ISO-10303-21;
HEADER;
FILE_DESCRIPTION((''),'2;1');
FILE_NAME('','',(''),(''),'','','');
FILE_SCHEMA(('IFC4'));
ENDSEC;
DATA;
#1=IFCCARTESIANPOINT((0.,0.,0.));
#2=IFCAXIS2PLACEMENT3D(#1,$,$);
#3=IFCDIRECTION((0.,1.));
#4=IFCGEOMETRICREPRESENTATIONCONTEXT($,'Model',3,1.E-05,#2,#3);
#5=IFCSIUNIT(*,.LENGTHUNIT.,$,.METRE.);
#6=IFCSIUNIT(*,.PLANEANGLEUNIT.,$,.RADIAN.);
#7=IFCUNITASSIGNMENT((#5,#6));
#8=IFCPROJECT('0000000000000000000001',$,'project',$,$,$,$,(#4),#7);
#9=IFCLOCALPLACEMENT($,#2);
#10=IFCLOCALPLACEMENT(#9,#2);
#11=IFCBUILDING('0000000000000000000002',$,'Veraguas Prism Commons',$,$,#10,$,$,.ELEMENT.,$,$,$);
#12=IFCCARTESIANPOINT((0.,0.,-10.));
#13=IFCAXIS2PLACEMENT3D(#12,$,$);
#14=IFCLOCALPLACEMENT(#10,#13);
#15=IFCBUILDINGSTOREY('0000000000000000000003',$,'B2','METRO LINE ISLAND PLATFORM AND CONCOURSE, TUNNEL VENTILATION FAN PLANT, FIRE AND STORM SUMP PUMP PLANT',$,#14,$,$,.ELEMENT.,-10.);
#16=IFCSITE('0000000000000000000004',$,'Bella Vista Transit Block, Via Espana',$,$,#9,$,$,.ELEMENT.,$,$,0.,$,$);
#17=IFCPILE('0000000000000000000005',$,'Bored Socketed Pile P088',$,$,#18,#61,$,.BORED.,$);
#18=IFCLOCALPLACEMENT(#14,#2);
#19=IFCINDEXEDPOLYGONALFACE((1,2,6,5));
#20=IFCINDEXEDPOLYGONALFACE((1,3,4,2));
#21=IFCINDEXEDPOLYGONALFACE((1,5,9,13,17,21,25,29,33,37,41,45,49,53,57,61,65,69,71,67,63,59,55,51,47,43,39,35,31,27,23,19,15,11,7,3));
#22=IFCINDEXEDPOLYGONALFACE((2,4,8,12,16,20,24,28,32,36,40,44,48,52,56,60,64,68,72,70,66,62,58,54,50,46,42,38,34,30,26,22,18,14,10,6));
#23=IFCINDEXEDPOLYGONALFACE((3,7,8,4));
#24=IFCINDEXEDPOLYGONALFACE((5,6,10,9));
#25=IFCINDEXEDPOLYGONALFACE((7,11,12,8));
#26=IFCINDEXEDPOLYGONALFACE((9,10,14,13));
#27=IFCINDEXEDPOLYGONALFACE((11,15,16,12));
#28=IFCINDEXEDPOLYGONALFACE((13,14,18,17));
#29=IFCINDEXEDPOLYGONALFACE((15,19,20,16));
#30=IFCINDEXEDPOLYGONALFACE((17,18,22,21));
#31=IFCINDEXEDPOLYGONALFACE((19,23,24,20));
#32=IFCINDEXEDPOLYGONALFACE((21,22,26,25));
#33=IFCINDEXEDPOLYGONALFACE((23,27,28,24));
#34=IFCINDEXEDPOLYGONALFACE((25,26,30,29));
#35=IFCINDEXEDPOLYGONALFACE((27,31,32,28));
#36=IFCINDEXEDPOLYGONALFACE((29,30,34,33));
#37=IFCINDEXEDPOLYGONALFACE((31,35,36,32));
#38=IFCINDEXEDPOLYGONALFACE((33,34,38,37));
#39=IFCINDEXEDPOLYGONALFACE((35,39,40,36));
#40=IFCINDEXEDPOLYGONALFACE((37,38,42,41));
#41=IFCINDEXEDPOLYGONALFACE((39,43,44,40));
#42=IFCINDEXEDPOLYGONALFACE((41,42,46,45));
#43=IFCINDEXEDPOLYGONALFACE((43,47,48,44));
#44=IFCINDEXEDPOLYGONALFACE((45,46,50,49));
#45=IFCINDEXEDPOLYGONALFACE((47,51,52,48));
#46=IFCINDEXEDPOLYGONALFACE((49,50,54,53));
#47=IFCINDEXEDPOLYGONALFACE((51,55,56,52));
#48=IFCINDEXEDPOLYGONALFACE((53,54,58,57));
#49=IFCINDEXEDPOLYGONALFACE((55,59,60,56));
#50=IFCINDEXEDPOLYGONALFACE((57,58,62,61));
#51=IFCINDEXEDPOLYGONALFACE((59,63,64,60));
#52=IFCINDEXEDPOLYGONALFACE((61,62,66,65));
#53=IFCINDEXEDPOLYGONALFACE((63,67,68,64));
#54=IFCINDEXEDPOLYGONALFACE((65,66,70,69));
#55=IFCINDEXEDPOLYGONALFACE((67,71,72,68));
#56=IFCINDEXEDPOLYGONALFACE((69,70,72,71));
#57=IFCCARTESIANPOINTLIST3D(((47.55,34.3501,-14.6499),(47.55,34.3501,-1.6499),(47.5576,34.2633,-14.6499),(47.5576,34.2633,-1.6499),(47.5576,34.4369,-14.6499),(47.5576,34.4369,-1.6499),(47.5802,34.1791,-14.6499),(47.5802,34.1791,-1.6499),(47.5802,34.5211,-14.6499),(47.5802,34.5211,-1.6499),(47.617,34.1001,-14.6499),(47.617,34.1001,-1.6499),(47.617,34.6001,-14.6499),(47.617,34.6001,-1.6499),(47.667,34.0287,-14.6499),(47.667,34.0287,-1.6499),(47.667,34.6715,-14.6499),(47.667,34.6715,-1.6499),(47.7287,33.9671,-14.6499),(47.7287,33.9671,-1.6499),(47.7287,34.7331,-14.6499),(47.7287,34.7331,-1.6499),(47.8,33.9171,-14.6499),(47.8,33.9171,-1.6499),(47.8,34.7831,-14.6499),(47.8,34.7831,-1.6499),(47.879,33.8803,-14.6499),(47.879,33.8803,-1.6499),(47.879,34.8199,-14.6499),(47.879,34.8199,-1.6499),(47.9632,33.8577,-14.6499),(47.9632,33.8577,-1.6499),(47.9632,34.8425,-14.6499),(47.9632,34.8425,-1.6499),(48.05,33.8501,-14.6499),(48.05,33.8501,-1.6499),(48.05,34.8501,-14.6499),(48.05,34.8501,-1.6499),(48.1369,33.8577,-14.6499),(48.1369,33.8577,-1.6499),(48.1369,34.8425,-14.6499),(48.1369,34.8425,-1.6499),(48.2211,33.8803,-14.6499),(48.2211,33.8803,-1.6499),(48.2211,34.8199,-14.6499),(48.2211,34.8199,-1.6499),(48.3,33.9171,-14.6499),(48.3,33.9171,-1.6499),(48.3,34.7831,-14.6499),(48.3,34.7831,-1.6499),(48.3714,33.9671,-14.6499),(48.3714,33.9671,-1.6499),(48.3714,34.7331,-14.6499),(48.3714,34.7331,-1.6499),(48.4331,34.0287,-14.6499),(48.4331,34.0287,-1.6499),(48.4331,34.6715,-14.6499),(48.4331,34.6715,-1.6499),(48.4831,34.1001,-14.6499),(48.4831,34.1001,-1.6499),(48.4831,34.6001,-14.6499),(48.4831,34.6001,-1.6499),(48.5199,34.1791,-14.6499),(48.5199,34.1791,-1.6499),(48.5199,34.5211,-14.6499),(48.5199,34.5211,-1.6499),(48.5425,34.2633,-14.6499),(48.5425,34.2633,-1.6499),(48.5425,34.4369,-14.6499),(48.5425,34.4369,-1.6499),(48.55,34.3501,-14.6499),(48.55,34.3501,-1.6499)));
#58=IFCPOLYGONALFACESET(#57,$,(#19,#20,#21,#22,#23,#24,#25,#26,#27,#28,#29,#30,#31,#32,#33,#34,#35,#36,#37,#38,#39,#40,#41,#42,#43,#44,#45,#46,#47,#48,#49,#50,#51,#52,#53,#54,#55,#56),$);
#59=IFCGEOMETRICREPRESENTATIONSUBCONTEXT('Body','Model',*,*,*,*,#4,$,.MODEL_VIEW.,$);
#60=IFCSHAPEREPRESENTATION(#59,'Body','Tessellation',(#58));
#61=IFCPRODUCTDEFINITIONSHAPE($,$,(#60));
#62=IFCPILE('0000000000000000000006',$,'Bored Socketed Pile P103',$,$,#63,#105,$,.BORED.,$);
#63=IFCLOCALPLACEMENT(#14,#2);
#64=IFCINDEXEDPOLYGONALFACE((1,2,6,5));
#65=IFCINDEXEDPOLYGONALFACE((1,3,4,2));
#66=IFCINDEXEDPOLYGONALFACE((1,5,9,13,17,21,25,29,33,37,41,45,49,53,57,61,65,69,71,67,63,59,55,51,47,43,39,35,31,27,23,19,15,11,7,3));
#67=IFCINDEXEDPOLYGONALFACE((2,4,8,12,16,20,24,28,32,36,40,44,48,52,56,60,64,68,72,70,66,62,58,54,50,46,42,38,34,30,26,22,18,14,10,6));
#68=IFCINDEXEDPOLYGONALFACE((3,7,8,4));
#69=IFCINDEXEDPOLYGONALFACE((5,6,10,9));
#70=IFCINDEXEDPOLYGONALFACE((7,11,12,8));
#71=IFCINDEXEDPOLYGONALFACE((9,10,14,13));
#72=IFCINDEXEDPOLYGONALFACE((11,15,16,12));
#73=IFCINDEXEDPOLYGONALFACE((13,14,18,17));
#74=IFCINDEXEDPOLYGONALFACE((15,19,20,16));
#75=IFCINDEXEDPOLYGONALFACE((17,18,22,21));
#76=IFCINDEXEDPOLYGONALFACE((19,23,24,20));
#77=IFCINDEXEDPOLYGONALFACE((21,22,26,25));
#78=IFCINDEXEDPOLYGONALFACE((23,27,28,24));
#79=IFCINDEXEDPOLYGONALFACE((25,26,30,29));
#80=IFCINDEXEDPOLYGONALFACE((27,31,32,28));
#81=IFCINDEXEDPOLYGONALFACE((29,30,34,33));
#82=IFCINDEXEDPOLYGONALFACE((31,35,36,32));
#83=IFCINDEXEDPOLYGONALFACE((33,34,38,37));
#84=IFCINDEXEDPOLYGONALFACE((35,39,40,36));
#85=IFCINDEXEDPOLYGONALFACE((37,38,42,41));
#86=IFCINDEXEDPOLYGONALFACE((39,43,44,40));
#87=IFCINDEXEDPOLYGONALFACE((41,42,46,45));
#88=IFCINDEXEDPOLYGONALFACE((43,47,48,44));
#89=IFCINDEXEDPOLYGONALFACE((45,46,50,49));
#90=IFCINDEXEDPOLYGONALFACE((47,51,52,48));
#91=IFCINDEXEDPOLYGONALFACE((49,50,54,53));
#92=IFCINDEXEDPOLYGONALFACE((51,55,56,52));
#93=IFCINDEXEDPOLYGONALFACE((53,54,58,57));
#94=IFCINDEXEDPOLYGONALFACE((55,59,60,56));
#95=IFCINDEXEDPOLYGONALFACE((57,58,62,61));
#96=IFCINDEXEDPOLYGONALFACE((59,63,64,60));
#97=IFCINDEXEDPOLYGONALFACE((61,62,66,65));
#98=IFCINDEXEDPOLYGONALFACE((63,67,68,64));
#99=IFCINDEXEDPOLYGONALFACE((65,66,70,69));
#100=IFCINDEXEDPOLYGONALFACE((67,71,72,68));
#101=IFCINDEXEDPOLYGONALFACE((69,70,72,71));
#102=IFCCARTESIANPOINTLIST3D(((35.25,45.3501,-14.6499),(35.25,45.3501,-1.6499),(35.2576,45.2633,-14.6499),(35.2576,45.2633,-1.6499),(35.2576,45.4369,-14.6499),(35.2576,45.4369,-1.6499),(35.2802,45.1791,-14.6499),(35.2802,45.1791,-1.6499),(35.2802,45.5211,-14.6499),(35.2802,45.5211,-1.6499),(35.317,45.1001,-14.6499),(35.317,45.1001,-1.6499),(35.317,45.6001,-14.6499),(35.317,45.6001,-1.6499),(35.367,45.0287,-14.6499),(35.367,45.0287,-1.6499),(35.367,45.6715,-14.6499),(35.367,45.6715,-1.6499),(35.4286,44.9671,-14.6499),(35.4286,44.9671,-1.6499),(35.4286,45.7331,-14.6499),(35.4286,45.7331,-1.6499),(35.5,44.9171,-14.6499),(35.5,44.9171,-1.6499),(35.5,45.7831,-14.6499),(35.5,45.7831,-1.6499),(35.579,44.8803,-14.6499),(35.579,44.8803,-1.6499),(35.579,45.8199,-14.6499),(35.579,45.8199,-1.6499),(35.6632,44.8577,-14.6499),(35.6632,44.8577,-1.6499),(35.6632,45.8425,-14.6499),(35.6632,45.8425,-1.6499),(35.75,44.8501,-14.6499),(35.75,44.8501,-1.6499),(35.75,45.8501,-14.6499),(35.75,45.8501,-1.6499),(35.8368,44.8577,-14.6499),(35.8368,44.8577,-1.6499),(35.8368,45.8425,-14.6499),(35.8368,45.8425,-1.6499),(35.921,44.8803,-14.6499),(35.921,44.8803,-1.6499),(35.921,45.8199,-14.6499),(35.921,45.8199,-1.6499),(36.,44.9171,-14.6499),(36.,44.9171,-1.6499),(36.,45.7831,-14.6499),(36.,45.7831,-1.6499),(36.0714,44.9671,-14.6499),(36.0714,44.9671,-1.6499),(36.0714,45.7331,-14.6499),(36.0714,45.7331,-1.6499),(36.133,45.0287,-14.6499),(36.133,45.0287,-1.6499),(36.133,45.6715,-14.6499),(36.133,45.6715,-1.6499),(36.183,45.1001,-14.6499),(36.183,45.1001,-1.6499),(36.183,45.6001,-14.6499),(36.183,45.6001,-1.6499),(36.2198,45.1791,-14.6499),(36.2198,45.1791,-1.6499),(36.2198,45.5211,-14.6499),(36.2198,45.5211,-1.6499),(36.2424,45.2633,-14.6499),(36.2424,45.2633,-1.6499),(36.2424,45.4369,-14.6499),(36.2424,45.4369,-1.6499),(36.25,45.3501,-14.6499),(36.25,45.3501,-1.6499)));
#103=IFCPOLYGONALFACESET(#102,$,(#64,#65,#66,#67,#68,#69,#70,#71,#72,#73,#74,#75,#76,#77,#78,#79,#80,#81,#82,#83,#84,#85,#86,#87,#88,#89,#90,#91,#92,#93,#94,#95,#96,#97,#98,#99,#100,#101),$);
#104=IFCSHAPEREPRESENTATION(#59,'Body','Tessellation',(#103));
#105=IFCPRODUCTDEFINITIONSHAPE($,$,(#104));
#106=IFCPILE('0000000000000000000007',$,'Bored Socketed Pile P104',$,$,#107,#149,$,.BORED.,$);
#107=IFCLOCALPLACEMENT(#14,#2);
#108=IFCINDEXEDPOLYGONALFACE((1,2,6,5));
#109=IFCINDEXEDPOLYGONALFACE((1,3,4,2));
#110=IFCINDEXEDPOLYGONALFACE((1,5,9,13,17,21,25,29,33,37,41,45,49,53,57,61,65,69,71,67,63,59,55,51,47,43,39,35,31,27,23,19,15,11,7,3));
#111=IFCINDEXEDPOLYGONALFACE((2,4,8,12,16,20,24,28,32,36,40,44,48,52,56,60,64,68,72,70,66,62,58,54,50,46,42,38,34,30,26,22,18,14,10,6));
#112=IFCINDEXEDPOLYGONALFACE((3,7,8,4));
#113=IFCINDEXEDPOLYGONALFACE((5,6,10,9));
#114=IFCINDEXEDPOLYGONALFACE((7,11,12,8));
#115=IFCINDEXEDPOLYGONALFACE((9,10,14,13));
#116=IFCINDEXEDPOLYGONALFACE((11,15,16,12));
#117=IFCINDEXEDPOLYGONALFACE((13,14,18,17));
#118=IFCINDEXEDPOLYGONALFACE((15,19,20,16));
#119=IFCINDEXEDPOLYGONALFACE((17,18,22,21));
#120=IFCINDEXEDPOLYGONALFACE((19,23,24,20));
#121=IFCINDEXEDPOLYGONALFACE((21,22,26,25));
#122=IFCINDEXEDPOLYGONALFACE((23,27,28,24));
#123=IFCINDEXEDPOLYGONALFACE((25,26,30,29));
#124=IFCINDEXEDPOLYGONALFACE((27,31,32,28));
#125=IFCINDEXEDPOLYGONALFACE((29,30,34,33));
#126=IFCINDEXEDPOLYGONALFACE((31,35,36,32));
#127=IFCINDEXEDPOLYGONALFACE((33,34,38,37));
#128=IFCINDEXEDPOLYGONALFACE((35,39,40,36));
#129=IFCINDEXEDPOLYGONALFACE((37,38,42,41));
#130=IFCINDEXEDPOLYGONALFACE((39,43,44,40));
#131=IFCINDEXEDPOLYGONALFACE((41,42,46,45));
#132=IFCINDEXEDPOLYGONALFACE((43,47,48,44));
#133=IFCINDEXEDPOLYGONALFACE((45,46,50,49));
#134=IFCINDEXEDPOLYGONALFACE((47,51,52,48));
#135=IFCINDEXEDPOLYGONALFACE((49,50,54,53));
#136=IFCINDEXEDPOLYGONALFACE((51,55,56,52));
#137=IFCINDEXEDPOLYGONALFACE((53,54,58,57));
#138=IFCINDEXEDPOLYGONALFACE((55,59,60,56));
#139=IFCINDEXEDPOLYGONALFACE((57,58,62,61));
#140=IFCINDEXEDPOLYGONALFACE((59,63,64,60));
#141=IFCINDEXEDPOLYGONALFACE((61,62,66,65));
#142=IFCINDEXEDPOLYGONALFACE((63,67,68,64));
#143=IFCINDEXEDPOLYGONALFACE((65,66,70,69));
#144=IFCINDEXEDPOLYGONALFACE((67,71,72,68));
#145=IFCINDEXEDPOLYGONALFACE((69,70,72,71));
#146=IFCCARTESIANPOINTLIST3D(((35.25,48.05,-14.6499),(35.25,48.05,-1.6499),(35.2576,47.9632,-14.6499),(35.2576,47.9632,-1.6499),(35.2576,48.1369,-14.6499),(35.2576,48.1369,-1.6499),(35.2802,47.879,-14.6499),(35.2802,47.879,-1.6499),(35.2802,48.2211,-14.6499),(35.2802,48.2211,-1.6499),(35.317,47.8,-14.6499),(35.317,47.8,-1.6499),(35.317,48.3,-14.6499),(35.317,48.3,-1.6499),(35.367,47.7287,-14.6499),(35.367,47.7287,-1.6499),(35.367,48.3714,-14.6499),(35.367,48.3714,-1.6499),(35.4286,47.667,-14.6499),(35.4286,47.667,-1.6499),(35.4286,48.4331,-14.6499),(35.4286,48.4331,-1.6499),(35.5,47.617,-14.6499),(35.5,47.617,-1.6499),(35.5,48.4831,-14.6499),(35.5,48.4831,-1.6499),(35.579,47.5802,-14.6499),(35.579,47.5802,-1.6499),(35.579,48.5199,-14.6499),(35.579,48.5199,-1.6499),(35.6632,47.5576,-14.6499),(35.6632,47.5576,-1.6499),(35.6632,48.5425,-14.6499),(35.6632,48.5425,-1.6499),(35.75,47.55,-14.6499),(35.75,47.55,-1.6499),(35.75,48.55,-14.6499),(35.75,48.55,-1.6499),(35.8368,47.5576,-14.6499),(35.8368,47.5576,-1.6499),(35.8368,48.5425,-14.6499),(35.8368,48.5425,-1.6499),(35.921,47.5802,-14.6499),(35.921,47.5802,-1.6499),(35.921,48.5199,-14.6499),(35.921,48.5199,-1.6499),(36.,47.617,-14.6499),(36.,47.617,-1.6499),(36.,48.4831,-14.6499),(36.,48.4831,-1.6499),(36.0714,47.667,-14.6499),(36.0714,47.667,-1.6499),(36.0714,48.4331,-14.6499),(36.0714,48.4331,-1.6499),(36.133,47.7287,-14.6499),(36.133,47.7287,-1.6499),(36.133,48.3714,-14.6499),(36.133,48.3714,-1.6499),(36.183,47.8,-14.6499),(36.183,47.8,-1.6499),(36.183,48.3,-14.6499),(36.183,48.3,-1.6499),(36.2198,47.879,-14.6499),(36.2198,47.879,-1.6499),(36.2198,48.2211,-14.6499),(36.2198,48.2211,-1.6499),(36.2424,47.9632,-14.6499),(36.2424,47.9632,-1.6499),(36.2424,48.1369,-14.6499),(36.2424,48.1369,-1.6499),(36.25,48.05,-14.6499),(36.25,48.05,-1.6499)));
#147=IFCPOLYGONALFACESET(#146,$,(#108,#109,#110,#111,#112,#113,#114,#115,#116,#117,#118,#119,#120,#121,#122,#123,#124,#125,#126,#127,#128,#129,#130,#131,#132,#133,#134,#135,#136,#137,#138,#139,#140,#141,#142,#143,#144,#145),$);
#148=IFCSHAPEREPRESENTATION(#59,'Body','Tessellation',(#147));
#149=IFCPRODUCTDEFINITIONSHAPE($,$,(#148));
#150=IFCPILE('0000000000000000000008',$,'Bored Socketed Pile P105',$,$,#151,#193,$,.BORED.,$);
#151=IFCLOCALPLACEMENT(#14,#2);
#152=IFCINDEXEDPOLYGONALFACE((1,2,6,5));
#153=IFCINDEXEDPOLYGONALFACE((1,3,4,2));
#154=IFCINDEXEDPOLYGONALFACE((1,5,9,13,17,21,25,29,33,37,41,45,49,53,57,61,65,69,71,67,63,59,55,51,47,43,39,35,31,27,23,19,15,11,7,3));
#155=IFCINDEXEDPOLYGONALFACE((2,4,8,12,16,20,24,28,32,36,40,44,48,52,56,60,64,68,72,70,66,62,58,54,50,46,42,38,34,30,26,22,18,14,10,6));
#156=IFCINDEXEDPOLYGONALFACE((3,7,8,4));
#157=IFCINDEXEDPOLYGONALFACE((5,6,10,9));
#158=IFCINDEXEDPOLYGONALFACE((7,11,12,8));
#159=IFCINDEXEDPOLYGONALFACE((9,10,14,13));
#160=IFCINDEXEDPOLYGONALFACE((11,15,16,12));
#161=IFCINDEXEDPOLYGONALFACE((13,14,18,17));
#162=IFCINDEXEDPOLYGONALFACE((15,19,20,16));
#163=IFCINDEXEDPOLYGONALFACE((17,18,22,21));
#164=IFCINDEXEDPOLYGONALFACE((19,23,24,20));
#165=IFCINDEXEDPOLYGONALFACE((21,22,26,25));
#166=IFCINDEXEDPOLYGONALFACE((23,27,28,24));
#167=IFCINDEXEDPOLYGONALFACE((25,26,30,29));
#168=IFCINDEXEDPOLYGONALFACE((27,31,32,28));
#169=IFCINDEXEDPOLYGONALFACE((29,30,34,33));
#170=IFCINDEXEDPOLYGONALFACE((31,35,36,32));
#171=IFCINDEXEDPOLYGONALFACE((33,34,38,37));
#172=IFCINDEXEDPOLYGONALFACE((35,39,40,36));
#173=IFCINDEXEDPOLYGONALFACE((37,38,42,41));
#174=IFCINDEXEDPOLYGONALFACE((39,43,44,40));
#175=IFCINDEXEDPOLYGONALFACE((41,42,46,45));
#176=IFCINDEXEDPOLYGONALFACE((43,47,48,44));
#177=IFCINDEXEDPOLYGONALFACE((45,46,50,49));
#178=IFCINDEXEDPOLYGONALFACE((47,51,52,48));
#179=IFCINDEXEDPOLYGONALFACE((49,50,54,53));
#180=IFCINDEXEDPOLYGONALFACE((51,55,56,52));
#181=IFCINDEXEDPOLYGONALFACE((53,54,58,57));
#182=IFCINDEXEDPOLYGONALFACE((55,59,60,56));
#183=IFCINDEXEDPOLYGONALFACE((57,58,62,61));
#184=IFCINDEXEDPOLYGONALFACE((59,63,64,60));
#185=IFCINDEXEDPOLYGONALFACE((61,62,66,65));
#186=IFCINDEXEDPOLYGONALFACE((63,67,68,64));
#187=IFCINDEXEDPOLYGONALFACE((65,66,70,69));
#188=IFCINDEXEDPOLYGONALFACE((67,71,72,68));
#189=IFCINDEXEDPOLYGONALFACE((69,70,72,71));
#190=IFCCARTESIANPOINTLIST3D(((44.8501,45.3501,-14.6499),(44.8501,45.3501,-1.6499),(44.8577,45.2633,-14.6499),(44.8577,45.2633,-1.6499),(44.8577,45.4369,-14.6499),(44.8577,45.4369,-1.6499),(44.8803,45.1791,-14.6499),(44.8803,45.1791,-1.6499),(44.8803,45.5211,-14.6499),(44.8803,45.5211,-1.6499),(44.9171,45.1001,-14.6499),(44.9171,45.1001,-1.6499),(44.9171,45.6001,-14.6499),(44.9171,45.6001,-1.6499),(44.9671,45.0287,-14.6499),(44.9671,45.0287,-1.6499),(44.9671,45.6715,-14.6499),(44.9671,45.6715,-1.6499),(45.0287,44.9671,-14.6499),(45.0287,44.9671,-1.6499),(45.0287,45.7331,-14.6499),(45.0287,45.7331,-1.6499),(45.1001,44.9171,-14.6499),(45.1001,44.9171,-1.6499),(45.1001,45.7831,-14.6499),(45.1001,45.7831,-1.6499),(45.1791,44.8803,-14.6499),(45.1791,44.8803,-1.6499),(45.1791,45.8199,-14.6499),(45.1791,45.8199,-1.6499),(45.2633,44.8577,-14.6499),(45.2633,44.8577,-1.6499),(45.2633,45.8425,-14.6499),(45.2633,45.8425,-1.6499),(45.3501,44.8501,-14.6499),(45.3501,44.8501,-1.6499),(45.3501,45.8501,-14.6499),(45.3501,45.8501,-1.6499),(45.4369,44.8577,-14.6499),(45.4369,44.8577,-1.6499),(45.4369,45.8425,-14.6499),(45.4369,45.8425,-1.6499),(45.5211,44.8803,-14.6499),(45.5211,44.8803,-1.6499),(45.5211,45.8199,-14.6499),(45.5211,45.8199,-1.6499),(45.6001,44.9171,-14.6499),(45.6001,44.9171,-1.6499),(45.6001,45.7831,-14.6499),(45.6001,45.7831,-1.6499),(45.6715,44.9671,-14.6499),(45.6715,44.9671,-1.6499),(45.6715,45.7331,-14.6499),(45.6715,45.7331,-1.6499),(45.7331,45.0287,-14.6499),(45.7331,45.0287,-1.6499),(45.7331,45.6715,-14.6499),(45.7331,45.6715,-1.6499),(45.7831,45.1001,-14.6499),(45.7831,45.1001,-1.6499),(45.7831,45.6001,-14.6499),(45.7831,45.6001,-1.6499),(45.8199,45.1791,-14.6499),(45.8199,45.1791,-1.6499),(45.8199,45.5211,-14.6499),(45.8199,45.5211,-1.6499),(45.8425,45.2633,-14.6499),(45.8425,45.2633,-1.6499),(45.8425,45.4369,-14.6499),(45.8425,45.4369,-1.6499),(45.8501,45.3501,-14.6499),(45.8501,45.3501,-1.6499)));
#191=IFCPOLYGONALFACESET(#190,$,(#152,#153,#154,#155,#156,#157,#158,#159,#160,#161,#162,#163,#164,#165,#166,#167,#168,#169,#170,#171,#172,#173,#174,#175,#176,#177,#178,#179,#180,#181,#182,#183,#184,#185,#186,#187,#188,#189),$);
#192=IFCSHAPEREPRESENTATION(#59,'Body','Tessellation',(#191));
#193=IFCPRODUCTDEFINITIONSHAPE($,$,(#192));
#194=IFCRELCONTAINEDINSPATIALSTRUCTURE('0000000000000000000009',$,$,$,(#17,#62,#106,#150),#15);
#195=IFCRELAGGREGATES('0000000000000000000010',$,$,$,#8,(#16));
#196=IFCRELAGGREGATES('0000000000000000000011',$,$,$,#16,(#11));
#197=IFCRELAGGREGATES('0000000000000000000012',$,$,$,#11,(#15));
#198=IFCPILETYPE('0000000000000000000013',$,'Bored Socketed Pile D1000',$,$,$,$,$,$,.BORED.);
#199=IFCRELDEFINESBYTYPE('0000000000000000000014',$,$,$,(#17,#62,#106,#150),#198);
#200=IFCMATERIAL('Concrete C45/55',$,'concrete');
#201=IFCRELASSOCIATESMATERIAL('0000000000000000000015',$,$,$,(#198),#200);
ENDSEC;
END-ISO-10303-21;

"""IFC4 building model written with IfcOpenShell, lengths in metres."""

from ifc_helpers import new_model, si_unit, direction, frame, origin, origin_2d, place, context, subcontext, project, spatial, circle, extrude, source, transform, mapped, material, material_profile, profile_set, type_object, element, save


model = new_model("IFC4")

# Units and contexts
model_context = context("Model", 3, precision=1e-05, world=origin(), true_north=direction((0.0, 1.0)))
body_context = subcontext(model_context, "Body", "Model", "MODEL_VIEW")
ifc_project = project(units=[si_unit("LENGTHUNIT", "METRE"), si_unit("PLANEANGLEUNIT", "RADIAN")], contexts=[model_context])

# Site, building, storey
site_placement = place(None, origin())
site = spatial("IfcSite", under=ifc_project, at=site_placement, Name="Bella Vista Transit Block, Via Espana", CompositionType="ELEMENT", RefElevation=0.0)
building_placement = place(site_placement, origin())
building = spatial("IfcBuilding", under=site, at=building_placement, Name="Veraguas Prism Commons", CompositionType="ELEMENT")
storey_placement = place(building_placement, frame((0.0, 0.0, -10.0)))
storey = spatial("IfcBuildingStorey", under=building, at=storey_placement, Name="B2", Description="METRO LINE ISLAND PLATFORM AND CONCOURSE, TUNNEL VENTILATION FAN PLANT, FIRE AND STORM SUMP PUMP PLANT", CompositionType="ELEMENT", Elevation=-10.0)

# Shared definitions
ifc_material_1 = material(Name="Concrete C45/55", Category="concrete")

# Piles
ifc_material_profile_1 = material_profile(ifc_material_1, circle(Radius=0.5, at=origin_2d()), Name="PILE1000")
ifc_profile_set_1 = profile_set([ifc_material_profile_1], Name="Concrete C45/55")
pile_type_1 = type_object("IfcPileType", Name="Bored Socketed Pile D1000", PredefinedType="BORED", material=ifc_profile_set_1)
shared_shape_1 = source(origin(), body_context, "Body", "SweptSolid", [
    extrude(circle(Radius=0.5, at=origin_2d()), origin(), (0.0, 0.0, 1.0), 13.0),
])
for number, where, z_axis, x_axis, name in (
    (1, (48.05, 34.3501, -1.6499), (0.0, 0.0, -1.0), (1.0, 0.0, 0.0), "Bored Socketed Pile P088"),
    (2, (35.75, 45.3501, -1.6499), (0.0, 0.0, -1.0), (1.0, 0.0, 0.0), "Bored Socketed Pile P103"),
    (3, (35.75, 48.05, -1.6499), (0.0, 0.0, -1.0), (1.0, 0.0, 0.0), "Bored Socketed Pile P104"),
    (4, (45.3501, 45.3501, -1.6499), (0.0, 0.0, -1.0), (1.0, 0.0, 0.0), "Bored Socketed Pile P105"),
):
    element("IfcPile", number, at=place(storey_placement, frame(where, z_axis=z_axis, x_axis=x_axis)), inside=storey, type_object=pile_type_1, Name=name, PredefinedType="BORED", context=body_context, shape_type="MappedRepresentation", body=[
        mapped(shared_shape_1, transform((0.0, 0.0, 0.0), scale=1.0)),
    ])

save(model, "model.ifc")
